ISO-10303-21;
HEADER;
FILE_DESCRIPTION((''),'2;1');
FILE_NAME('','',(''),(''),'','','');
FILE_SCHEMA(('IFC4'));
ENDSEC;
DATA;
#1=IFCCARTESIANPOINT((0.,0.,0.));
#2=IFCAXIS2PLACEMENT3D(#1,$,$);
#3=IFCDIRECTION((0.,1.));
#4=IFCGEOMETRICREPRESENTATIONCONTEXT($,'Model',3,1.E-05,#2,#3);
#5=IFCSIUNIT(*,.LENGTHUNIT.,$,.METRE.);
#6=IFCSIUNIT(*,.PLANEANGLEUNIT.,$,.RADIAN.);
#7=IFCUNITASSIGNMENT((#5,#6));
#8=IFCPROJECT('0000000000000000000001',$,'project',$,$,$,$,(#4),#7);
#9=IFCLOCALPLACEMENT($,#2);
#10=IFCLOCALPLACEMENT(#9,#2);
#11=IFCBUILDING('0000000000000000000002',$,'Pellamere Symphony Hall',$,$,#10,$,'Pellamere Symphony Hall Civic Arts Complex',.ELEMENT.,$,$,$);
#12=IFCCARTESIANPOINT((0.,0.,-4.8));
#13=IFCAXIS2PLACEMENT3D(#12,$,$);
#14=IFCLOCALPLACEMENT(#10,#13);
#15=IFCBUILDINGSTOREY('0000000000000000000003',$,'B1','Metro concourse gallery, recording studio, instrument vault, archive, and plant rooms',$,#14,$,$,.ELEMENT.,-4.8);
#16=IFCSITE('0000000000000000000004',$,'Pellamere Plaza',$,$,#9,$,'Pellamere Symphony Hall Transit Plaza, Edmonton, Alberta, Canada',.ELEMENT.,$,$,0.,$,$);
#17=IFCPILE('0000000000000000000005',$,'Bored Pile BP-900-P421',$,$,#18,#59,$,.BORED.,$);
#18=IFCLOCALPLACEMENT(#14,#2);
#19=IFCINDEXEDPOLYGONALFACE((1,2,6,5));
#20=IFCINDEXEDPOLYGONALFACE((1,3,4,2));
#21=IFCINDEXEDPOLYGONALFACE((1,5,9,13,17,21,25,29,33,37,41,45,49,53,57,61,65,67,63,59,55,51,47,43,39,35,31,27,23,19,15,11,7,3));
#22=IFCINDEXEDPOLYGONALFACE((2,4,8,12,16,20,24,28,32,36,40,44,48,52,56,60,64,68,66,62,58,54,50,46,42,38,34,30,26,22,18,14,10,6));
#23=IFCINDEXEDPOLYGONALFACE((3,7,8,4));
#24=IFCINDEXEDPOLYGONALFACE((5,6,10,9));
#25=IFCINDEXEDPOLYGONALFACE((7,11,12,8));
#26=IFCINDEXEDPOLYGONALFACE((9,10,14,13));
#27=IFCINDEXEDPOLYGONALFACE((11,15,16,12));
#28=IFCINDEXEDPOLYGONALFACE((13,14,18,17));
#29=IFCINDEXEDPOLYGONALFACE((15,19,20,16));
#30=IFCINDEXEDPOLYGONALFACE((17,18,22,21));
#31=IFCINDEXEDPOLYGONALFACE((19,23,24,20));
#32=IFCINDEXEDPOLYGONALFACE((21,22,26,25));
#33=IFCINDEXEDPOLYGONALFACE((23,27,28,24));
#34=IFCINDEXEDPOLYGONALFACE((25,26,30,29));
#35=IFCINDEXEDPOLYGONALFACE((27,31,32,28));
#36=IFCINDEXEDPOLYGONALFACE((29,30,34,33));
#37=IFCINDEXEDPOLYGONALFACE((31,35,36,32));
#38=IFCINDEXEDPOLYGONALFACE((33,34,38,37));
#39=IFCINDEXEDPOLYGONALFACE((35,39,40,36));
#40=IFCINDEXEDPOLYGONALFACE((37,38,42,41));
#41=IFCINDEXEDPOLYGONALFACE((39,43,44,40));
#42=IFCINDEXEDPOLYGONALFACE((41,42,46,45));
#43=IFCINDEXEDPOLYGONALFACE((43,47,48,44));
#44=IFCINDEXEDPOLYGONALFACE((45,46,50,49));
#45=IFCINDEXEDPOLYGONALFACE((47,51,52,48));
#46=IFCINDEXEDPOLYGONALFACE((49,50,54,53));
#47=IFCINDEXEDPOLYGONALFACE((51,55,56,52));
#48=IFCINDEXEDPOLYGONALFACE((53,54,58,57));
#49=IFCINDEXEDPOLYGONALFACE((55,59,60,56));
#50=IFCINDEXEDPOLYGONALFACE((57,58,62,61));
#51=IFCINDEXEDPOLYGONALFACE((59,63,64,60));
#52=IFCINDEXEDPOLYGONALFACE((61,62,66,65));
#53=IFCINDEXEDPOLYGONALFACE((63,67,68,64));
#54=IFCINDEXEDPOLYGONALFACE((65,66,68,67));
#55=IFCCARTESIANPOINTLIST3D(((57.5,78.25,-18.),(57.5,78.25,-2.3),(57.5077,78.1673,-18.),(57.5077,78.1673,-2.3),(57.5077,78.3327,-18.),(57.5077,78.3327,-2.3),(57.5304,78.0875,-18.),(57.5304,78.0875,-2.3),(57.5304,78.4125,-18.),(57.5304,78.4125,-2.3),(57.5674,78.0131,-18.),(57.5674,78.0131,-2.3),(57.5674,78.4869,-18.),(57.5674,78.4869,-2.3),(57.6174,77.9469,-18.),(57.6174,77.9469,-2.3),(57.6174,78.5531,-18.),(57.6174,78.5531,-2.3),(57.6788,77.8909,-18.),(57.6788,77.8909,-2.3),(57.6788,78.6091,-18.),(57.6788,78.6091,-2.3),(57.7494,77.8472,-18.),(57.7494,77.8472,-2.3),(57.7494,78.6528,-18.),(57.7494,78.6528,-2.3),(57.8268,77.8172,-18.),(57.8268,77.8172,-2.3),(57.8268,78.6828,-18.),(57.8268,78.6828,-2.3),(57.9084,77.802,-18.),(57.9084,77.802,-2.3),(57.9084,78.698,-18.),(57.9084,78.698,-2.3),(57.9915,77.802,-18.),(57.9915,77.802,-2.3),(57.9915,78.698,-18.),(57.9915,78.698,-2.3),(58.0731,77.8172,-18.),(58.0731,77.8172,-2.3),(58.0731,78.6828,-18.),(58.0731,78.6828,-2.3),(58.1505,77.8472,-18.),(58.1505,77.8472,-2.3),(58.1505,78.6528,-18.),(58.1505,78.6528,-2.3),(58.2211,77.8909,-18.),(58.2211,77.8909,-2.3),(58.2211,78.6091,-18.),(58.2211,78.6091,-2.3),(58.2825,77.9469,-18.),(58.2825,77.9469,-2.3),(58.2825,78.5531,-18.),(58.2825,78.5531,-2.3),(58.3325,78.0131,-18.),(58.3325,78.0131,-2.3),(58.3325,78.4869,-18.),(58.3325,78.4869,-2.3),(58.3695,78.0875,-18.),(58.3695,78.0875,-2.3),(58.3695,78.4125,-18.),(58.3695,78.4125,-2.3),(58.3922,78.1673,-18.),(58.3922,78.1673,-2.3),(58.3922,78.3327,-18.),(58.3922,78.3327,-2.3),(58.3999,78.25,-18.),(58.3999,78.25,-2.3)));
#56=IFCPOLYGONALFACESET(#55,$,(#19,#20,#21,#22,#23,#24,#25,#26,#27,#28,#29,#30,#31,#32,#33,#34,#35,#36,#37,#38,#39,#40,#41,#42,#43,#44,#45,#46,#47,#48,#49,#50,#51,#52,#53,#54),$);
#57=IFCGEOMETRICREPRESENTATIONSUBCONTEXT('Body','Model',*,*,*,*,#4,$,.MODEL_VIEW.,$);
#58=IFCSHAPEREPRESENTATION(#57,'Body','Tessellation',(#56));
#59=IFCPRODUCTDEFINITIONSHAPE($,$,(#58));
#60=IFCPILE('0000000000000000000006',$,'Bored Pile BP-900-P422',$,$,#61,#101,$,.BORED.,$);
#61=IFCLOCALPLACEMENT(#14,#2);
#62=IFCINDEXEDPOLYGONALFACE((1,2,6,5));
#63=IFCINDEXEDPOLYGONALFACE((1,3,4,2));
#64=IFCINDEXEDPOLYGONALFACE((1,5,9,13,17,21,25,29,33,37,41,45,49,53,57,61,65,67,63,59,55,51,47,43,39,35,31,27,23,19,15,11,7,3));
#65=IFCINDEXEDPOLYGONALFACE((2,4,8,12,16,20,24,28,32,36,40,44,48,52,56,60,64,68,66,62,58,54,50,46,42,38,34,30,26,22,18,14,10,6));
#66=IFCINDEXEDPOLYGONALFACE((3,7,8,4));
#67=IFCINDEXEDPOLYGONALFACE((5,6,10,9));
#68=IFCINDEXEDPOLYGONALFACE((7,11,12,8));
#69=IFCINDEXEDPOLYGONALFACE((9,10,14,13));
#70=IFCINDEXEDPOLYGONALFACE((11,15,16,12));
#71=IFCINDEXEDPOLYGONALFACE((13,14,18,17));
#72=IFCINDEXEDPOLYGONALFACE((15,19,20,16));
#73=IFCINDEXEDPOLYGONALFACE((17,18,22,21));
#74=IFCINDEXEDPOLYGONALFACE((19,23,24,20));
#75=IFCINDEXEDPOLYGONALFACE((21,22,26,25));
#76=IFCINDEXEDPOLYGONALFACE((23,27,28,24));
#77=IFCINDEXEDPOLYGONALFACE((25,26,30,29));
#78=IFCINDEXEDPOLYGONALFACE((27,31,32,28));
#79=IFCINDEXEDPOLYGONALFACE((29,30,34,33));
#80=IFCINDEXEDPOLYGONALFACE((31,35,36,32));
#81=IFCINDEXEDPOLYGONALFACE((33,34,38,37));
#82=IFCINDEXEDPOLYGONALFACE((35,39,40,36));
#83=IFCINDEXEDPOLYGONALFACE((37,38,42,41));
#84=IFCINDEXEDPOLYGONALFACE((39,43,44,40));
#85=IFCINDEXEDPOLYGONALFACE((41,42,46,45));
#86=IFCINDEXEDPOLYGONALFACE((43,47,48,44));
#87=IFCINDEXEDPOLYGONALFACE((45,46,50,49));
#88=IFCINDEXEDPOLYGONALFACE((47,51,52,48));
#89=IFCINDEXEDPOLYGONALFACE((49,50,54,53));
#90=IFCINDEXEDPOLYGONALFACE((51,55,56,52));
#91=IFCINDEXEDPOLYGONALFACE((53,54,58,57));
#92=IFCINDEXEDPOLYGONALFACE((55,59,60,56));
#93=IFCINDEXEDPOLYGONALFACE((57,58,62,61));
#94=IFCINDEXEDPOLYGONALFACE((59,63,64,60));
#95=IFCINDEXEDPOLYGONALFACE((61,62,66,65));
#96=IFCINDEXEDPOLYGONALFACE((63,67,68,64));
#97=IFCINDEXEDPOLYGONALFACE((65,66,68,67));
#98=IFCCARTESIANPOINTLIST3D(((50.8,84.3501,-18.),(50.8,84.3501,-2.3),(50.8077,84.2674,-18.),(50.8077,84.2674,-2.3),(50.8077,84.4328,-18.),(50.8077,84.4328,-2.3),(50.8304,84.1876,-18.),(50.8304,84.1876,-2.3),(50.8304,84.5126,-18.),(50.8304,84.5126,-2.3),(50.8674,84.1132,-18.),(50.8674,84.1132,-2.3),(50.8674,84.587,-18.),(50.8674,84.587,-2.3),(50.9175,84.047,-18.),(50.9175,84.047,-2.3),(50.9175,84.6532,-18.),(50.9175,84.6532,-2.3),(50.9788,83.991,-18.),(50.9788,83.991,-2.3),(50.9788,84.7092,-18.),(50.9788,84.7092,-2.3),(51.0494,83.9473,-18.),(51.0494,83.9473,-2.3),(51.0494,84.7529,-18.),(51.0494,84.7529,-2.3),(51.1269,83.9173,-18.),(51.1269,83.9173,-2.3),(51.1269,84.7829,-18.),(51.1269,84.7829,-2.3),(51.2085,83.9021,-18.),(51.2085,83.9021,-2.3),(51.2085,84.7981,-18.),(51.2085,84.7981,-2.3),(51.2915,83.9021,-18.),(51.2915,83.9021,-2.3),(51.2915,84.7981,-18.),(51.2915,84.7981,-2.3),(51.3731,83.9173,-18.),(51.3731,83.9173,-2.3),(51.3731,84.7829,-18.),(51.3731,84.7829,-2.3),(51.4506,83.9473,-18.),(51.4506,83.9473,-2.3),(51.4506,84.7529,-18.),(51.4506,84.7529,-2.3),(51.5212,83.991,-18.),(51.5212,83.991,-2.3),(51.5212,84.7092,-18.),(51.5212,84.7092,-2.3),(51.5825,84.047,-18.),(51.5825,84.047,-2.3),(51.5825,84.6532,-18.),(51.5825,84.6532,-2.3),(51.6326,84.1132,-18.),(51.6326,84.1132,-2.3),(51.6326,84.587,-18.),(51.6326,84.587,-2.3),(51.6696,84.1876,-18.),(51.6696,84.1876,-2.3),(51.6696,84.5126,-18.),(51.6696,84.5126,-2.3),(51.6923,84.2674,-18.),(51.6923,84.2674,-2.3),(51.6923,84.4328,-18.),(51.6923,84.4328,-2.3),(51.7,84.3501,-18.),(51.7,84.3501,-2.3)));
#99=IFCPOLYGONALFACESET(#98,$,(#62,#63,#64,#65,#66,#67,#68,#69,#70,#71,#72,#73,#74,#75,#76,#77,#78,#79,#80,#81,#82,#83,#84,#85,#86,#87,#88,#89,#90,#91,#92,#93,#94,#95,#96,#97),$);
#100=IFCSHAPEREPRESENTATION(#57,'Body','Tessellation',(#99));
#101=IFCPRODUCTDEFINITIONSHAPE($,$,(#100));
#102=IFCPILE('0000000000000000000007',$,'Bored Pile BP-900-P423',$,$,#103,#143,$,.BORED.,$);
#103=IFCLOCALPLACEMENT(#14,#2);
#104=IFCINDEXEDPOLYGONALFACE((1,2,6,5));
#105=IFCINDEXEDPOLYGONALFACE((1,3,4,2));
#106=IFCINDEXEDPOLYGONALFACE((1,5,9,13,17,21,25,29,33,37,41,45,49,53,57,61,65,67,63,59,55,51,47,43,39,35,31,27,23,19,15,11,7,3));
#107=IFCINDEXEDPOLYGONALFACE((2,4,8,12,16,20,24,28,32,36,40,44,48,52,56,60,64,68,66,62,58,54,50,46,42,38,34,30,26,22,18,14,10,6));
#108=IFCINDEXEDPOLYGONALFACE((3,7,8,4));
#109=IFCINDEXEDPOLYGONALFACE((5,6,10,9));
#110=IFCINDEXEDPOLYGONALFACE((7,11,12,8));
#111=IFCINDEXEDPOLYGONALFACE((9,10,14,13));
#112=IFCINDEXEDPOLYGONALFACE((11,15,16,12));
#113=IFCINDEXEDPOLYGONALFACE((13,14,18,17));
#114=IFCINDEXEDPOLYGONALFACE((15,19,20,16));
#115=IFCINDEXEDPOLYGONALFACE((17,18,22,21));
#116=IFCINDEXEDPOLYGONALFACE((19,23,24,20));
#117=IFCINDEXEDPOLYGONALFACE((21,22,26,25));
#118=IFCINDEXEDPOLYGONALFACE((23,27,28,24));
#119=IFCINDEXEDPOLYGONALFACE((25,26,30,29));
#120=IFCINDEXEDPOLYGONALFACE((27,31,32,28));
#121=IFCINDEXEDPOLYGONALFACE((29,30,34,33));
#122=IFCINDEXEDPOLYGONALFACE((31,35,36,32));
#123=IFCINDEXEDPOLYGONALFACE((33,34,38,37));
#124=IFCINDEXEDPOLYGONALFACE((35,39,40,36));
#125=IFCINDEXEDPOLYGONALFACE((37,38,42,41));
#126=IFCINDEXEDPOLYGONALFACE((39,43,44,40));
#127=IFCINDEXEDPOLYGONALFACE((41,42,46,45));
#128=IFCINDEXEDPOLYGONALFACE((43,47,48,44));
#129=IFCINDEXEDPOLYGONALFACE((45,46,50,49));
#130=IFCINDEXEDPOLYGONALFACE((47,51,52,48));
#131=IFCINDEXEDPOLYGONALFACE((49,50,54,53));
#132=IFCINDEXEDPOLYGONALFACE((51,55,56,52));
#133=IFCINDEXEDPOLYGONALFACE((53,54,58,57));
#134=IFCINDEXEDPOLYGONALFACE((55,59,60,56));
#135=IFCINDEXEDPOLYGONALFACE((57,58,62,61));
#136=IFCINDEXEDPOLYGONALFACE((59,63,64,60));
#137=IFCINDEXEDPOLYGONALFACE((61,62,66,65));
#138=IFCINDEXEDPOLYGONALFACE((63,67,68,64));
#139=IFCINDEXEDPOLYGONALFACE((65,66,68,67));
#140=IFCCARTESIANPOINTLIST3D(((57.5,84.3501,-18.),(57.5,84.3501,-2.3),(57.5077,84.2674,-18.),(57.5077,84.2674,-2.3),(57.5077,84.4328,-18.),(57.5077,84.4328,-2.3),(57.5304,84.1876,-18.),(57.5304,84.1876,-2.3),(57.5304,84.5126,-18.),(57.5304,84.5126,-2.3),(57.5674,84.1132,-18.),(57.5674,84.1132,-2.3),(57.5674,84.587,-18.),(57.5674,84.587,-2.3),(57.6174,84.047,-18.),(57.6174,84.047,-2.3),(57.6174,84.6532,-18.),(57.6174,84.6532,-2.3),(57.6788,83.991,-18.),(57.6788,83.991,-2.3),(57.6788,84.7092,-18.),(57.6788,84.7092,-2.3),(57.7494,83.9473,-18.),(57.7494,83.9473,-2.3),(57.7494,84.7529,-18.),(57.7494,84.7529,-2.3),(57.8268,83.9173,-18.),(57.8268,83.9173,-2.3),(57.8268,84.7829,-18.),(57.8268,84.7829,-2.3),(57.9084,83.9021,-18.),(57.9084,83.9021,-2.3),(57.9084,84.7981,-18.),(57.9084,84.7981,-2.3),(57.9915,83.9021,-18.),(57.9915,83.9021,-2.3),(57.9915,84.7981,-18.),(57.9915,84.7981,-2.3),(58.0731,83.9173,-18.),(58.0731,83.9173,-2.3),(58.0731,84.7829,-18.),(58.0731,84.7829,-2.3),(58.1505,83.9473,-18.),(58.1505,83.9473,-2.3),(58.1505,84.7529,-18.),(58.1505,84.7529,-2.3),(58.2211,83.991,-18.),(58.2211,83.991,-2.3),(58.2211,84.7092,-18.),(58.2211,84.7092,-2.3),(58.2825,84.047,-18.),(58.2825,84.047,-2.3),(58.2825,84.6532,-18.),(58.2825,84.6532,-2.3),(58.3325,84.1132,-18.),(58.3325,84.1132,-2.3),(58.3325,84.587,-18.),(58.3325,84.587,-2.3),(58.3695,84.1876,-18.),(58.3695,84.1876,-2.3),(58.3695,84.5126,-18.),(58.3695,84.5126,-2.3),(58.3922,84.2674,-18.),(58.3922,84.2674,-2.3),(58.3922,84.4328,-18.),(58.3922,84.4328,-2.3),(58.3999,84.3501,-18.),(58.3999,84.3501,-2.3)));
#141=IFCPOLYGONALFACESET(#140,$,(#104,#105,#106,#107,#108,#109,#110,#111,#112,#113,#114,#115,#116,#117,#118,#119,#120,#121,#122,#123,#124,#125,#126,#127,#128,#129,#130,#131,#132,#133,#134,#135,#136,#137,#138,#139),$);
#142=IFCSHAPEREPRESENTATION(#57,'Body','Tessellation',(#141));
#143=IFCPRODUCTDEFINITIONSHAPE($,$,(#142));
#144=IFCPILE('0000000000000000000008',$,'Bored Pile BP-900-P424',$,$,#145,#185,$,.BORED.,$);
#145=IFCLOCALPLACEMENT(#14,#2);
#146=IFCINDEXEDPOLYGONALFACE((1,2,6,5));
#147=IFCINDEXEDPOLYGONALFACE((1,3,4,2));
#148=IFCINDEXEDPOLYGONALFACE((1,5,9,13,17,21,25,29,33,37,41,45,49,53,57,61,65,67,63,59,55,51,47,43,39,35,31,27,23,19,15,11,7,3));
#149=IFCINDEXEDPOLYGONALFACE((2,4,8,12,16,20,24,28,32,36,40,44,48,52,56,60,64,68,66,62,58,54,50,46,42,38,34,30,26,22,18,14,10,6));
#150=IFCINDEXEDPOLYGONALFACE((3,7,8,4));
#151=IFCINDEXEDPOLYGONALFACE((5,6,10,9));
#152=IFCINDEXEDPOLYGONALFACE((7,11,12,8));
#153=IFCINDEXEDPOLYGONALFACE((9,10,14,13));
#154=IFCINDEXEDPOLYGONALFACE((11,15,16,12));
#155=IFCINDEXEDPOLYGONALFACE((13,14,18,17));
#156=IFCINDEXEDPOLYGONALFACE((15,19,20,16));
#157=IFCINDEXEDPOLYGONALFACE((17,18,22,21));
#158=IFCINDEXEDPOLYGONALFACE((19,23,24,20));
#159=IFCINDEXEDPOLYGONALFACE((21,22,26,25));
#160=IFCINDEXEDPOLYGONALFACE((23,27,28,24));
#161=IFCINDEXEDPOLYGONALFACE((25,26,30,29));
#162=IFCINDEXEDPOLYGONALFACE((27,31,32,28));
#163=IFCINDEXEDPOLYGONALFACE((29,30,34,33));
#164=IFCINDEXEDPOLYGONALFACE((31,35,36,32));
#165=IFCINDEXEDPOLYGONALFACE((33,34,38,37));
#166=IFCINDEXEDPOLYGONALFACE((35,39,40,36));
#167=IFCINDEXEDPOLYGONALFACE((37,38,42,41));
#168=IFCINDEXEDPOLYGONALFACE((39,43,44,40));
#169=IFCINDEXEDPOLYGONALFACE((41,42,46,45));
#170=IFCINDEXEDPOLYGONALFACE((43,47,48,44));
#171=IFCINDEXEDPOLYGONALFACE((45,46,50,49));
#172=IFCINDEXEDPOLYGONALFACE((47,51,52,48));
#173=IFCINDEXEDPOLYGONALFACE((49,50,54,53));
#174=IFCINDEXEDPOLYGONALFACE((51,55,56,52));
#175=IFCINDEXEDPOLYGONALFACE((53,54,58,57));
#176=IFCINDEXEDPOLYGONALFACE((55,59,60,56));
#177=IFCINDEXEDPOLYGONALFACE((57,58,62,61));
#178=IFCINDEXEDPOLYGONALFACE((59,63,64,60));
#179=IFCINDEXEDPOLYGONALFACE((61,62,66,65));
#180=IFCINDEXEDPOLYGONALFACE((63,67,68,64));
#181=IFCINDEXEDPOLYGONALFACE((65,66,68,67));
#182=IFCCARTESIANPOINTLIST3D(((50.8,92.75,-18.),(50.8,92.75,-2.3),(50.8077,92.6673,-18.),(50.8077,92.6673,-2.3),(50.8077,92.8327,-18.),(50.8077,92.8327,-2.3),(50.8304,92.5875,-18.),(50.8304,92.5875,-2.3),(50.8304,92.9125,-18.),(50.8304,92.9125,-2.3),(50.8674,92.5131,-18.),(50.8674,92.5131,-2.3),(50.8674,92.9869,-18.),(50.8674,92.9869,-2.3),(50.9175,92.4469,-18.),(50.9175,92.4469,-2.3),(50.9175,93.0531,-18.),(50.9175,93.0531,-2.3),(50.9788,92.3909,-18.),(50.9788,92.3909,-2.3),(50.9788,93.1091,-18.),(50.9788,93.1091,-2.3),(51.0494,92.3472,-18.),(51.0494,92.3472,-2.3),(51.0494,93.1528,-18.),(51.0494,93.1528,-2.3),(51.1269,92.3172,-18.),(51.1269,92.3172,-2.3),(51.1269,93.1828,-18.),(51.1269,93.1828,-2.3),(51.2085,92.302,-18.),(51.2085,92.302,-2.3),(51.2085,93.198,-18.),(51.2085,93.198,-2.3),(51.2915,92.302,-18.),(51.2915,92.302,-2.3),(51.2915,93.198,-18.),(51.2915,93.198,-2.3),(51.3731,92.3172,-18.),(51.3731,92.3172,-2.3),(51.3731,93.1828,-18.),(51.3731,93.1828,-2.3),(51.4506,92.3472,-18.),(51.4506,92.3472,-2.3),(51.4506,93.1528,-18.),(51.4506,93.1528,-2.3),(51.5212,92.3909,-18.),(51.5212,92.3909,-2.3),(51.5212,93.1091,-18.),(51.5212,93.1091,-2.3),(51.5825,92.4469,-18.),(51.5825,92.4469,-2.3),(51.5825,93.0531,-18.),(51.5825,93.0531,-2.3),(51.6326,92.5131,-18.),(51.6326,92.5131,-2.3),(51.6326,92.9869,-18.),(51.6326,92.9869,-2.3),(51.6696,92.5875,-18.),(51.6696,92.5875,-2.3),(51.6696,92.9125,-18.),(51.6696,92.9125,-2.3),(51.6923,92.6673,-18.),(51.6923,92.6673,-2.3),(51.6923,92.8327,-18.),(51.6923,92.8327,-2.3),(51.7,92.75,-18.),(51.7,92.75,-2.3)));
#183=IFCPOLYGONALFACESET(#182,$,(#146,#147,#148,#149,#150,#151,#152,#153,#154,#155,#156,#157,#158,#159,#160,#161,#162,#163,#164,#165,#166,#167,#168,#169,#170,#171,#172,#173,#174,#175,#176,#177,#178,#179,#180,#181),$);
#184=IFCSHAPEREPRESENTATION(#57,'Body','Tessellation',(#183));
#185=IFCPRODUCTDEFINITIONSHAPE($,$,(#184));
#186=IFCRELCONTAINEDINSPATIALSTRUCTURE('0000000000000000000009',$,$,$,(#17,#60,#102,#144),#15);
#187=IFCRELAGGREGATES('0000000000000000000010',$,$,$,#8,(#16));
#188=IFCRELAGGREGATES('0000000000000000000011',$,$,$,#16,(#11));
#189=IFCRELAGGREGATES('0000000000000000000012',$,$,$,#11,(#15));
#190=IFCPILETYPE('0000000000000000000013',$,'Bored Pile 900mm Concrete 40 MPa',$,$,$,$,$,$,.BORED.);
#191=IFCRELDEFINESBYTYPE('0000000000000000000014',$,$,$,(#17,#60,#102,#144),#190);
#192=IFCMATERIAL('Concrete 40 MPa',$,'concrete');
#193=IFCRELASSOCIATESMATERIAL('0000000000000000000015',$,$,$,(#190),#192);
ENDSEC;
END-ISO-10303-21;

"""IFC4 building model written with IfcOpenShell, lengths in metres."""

from ifc_helpers import new_model, si_unit, direction, frame, origin, origin_2d, place, context, subcontext, project, spatial, circle, extrude, material, material_profile, profile_set, type_object, element, save


model = new_model("IFC4")

# Units and contexts
model_context = context("Model", 3, precision=1e-05, world=origin(), true_north=direction((0.0, 1.0)))
body_context = subcontext(model_context, "Body", "Model", "MODEL_VIEW")
ifc_project = project(units=[si_unit("LENGTHUNIT", "METRE"), si_unit("PLANEANGLEUNIT", "RADIAN")], contexts=[model_context])

# Site, building, storey
site_placement = place(None, origin())
site = spatial("IfcSite", under=ifc_project, at=site_placement, Name="Pellamere Plaza", LongName="Pellamere Symphony Hall Transit Plaza, Edmonton, Alberta, Canada", CompositionType="ELEMENT", RefElevation=0.0)
building_placement = place(site_placement, origin())
building = spatial("IfcBuilding", under=site, at=building_placement, Name="Pellamere Symphony Hall", LongName="Pellamere Symphony Hall Civic Arts Complex", CompositionType="ELEMENT")
storey_placement = place(building_placement, frame((0.0, 0.0, -4.8)))
storey = spatial("IfcBuildingStorey", under=building, at=storey_placement, Name="B1", Description="Metro concourse gallery, recording studio, instrument vault, archive, and plant rooms", CompositionType="ELEMENT", Elevation=-4.8)

# Piles
ifc_material_1 = material(Name="Concrete 40 MPa", Category="concrete")
ifc_material_profile_1 = material_profile(ifc_material_1, circle(Radius=0.45, at=origin_2d()), Name="PILE D900")
ifc_profile_set_1 = profile_set([ifc_material_profile_1], Name="Concrete 40 MPa")
pile_type_1 = type_object("IfcPileType", Name="Bored Pile 900mm Concrete 40 MPa", PredefinedType="BORED", material=ifc_profile_set_1)
for number, where, z_axis, x_axis, name in (
    (1, (57.95, 78.25, -2.3), (0.0, 0.0, -1.0), (1.0, 0.0, 0.0), "Bored Pile BP-900-P421"),
    (2, (51.25, 84.3501, -2.3), (0.0, 0.0, -1.0), (1.0, 0.0, 0.0), "Bored Pile BP-900-P422"),
    (3, (57.95, 84.3501, -2.3), (0.0, 0.0, -1.0), (1.0, 0.0, 0.0), "Bored Pile BP-900-P423"),
    (4, (51.25, 92.75, -2.3), (0.0, 0.0, -1.0), (1.0, 0.0, 0.0), "Bored Pile BP-900-P424"),
):
    element("IfcPile", number, at=place(storey_placement, frame(where, z_axis=z_axis, x_axis=x_axis)), inside=storey, type_object=pile_type_1, Name=name, PredefinedType="BORED", context=body_context, shape_type="SweptSolid", body=[
        extrude(circle(Radius=0.45, at=origin_2d()), origin(), (0.0, 0.0, 1.0), 15.7),
    ])

save(model, "model.ifc")
